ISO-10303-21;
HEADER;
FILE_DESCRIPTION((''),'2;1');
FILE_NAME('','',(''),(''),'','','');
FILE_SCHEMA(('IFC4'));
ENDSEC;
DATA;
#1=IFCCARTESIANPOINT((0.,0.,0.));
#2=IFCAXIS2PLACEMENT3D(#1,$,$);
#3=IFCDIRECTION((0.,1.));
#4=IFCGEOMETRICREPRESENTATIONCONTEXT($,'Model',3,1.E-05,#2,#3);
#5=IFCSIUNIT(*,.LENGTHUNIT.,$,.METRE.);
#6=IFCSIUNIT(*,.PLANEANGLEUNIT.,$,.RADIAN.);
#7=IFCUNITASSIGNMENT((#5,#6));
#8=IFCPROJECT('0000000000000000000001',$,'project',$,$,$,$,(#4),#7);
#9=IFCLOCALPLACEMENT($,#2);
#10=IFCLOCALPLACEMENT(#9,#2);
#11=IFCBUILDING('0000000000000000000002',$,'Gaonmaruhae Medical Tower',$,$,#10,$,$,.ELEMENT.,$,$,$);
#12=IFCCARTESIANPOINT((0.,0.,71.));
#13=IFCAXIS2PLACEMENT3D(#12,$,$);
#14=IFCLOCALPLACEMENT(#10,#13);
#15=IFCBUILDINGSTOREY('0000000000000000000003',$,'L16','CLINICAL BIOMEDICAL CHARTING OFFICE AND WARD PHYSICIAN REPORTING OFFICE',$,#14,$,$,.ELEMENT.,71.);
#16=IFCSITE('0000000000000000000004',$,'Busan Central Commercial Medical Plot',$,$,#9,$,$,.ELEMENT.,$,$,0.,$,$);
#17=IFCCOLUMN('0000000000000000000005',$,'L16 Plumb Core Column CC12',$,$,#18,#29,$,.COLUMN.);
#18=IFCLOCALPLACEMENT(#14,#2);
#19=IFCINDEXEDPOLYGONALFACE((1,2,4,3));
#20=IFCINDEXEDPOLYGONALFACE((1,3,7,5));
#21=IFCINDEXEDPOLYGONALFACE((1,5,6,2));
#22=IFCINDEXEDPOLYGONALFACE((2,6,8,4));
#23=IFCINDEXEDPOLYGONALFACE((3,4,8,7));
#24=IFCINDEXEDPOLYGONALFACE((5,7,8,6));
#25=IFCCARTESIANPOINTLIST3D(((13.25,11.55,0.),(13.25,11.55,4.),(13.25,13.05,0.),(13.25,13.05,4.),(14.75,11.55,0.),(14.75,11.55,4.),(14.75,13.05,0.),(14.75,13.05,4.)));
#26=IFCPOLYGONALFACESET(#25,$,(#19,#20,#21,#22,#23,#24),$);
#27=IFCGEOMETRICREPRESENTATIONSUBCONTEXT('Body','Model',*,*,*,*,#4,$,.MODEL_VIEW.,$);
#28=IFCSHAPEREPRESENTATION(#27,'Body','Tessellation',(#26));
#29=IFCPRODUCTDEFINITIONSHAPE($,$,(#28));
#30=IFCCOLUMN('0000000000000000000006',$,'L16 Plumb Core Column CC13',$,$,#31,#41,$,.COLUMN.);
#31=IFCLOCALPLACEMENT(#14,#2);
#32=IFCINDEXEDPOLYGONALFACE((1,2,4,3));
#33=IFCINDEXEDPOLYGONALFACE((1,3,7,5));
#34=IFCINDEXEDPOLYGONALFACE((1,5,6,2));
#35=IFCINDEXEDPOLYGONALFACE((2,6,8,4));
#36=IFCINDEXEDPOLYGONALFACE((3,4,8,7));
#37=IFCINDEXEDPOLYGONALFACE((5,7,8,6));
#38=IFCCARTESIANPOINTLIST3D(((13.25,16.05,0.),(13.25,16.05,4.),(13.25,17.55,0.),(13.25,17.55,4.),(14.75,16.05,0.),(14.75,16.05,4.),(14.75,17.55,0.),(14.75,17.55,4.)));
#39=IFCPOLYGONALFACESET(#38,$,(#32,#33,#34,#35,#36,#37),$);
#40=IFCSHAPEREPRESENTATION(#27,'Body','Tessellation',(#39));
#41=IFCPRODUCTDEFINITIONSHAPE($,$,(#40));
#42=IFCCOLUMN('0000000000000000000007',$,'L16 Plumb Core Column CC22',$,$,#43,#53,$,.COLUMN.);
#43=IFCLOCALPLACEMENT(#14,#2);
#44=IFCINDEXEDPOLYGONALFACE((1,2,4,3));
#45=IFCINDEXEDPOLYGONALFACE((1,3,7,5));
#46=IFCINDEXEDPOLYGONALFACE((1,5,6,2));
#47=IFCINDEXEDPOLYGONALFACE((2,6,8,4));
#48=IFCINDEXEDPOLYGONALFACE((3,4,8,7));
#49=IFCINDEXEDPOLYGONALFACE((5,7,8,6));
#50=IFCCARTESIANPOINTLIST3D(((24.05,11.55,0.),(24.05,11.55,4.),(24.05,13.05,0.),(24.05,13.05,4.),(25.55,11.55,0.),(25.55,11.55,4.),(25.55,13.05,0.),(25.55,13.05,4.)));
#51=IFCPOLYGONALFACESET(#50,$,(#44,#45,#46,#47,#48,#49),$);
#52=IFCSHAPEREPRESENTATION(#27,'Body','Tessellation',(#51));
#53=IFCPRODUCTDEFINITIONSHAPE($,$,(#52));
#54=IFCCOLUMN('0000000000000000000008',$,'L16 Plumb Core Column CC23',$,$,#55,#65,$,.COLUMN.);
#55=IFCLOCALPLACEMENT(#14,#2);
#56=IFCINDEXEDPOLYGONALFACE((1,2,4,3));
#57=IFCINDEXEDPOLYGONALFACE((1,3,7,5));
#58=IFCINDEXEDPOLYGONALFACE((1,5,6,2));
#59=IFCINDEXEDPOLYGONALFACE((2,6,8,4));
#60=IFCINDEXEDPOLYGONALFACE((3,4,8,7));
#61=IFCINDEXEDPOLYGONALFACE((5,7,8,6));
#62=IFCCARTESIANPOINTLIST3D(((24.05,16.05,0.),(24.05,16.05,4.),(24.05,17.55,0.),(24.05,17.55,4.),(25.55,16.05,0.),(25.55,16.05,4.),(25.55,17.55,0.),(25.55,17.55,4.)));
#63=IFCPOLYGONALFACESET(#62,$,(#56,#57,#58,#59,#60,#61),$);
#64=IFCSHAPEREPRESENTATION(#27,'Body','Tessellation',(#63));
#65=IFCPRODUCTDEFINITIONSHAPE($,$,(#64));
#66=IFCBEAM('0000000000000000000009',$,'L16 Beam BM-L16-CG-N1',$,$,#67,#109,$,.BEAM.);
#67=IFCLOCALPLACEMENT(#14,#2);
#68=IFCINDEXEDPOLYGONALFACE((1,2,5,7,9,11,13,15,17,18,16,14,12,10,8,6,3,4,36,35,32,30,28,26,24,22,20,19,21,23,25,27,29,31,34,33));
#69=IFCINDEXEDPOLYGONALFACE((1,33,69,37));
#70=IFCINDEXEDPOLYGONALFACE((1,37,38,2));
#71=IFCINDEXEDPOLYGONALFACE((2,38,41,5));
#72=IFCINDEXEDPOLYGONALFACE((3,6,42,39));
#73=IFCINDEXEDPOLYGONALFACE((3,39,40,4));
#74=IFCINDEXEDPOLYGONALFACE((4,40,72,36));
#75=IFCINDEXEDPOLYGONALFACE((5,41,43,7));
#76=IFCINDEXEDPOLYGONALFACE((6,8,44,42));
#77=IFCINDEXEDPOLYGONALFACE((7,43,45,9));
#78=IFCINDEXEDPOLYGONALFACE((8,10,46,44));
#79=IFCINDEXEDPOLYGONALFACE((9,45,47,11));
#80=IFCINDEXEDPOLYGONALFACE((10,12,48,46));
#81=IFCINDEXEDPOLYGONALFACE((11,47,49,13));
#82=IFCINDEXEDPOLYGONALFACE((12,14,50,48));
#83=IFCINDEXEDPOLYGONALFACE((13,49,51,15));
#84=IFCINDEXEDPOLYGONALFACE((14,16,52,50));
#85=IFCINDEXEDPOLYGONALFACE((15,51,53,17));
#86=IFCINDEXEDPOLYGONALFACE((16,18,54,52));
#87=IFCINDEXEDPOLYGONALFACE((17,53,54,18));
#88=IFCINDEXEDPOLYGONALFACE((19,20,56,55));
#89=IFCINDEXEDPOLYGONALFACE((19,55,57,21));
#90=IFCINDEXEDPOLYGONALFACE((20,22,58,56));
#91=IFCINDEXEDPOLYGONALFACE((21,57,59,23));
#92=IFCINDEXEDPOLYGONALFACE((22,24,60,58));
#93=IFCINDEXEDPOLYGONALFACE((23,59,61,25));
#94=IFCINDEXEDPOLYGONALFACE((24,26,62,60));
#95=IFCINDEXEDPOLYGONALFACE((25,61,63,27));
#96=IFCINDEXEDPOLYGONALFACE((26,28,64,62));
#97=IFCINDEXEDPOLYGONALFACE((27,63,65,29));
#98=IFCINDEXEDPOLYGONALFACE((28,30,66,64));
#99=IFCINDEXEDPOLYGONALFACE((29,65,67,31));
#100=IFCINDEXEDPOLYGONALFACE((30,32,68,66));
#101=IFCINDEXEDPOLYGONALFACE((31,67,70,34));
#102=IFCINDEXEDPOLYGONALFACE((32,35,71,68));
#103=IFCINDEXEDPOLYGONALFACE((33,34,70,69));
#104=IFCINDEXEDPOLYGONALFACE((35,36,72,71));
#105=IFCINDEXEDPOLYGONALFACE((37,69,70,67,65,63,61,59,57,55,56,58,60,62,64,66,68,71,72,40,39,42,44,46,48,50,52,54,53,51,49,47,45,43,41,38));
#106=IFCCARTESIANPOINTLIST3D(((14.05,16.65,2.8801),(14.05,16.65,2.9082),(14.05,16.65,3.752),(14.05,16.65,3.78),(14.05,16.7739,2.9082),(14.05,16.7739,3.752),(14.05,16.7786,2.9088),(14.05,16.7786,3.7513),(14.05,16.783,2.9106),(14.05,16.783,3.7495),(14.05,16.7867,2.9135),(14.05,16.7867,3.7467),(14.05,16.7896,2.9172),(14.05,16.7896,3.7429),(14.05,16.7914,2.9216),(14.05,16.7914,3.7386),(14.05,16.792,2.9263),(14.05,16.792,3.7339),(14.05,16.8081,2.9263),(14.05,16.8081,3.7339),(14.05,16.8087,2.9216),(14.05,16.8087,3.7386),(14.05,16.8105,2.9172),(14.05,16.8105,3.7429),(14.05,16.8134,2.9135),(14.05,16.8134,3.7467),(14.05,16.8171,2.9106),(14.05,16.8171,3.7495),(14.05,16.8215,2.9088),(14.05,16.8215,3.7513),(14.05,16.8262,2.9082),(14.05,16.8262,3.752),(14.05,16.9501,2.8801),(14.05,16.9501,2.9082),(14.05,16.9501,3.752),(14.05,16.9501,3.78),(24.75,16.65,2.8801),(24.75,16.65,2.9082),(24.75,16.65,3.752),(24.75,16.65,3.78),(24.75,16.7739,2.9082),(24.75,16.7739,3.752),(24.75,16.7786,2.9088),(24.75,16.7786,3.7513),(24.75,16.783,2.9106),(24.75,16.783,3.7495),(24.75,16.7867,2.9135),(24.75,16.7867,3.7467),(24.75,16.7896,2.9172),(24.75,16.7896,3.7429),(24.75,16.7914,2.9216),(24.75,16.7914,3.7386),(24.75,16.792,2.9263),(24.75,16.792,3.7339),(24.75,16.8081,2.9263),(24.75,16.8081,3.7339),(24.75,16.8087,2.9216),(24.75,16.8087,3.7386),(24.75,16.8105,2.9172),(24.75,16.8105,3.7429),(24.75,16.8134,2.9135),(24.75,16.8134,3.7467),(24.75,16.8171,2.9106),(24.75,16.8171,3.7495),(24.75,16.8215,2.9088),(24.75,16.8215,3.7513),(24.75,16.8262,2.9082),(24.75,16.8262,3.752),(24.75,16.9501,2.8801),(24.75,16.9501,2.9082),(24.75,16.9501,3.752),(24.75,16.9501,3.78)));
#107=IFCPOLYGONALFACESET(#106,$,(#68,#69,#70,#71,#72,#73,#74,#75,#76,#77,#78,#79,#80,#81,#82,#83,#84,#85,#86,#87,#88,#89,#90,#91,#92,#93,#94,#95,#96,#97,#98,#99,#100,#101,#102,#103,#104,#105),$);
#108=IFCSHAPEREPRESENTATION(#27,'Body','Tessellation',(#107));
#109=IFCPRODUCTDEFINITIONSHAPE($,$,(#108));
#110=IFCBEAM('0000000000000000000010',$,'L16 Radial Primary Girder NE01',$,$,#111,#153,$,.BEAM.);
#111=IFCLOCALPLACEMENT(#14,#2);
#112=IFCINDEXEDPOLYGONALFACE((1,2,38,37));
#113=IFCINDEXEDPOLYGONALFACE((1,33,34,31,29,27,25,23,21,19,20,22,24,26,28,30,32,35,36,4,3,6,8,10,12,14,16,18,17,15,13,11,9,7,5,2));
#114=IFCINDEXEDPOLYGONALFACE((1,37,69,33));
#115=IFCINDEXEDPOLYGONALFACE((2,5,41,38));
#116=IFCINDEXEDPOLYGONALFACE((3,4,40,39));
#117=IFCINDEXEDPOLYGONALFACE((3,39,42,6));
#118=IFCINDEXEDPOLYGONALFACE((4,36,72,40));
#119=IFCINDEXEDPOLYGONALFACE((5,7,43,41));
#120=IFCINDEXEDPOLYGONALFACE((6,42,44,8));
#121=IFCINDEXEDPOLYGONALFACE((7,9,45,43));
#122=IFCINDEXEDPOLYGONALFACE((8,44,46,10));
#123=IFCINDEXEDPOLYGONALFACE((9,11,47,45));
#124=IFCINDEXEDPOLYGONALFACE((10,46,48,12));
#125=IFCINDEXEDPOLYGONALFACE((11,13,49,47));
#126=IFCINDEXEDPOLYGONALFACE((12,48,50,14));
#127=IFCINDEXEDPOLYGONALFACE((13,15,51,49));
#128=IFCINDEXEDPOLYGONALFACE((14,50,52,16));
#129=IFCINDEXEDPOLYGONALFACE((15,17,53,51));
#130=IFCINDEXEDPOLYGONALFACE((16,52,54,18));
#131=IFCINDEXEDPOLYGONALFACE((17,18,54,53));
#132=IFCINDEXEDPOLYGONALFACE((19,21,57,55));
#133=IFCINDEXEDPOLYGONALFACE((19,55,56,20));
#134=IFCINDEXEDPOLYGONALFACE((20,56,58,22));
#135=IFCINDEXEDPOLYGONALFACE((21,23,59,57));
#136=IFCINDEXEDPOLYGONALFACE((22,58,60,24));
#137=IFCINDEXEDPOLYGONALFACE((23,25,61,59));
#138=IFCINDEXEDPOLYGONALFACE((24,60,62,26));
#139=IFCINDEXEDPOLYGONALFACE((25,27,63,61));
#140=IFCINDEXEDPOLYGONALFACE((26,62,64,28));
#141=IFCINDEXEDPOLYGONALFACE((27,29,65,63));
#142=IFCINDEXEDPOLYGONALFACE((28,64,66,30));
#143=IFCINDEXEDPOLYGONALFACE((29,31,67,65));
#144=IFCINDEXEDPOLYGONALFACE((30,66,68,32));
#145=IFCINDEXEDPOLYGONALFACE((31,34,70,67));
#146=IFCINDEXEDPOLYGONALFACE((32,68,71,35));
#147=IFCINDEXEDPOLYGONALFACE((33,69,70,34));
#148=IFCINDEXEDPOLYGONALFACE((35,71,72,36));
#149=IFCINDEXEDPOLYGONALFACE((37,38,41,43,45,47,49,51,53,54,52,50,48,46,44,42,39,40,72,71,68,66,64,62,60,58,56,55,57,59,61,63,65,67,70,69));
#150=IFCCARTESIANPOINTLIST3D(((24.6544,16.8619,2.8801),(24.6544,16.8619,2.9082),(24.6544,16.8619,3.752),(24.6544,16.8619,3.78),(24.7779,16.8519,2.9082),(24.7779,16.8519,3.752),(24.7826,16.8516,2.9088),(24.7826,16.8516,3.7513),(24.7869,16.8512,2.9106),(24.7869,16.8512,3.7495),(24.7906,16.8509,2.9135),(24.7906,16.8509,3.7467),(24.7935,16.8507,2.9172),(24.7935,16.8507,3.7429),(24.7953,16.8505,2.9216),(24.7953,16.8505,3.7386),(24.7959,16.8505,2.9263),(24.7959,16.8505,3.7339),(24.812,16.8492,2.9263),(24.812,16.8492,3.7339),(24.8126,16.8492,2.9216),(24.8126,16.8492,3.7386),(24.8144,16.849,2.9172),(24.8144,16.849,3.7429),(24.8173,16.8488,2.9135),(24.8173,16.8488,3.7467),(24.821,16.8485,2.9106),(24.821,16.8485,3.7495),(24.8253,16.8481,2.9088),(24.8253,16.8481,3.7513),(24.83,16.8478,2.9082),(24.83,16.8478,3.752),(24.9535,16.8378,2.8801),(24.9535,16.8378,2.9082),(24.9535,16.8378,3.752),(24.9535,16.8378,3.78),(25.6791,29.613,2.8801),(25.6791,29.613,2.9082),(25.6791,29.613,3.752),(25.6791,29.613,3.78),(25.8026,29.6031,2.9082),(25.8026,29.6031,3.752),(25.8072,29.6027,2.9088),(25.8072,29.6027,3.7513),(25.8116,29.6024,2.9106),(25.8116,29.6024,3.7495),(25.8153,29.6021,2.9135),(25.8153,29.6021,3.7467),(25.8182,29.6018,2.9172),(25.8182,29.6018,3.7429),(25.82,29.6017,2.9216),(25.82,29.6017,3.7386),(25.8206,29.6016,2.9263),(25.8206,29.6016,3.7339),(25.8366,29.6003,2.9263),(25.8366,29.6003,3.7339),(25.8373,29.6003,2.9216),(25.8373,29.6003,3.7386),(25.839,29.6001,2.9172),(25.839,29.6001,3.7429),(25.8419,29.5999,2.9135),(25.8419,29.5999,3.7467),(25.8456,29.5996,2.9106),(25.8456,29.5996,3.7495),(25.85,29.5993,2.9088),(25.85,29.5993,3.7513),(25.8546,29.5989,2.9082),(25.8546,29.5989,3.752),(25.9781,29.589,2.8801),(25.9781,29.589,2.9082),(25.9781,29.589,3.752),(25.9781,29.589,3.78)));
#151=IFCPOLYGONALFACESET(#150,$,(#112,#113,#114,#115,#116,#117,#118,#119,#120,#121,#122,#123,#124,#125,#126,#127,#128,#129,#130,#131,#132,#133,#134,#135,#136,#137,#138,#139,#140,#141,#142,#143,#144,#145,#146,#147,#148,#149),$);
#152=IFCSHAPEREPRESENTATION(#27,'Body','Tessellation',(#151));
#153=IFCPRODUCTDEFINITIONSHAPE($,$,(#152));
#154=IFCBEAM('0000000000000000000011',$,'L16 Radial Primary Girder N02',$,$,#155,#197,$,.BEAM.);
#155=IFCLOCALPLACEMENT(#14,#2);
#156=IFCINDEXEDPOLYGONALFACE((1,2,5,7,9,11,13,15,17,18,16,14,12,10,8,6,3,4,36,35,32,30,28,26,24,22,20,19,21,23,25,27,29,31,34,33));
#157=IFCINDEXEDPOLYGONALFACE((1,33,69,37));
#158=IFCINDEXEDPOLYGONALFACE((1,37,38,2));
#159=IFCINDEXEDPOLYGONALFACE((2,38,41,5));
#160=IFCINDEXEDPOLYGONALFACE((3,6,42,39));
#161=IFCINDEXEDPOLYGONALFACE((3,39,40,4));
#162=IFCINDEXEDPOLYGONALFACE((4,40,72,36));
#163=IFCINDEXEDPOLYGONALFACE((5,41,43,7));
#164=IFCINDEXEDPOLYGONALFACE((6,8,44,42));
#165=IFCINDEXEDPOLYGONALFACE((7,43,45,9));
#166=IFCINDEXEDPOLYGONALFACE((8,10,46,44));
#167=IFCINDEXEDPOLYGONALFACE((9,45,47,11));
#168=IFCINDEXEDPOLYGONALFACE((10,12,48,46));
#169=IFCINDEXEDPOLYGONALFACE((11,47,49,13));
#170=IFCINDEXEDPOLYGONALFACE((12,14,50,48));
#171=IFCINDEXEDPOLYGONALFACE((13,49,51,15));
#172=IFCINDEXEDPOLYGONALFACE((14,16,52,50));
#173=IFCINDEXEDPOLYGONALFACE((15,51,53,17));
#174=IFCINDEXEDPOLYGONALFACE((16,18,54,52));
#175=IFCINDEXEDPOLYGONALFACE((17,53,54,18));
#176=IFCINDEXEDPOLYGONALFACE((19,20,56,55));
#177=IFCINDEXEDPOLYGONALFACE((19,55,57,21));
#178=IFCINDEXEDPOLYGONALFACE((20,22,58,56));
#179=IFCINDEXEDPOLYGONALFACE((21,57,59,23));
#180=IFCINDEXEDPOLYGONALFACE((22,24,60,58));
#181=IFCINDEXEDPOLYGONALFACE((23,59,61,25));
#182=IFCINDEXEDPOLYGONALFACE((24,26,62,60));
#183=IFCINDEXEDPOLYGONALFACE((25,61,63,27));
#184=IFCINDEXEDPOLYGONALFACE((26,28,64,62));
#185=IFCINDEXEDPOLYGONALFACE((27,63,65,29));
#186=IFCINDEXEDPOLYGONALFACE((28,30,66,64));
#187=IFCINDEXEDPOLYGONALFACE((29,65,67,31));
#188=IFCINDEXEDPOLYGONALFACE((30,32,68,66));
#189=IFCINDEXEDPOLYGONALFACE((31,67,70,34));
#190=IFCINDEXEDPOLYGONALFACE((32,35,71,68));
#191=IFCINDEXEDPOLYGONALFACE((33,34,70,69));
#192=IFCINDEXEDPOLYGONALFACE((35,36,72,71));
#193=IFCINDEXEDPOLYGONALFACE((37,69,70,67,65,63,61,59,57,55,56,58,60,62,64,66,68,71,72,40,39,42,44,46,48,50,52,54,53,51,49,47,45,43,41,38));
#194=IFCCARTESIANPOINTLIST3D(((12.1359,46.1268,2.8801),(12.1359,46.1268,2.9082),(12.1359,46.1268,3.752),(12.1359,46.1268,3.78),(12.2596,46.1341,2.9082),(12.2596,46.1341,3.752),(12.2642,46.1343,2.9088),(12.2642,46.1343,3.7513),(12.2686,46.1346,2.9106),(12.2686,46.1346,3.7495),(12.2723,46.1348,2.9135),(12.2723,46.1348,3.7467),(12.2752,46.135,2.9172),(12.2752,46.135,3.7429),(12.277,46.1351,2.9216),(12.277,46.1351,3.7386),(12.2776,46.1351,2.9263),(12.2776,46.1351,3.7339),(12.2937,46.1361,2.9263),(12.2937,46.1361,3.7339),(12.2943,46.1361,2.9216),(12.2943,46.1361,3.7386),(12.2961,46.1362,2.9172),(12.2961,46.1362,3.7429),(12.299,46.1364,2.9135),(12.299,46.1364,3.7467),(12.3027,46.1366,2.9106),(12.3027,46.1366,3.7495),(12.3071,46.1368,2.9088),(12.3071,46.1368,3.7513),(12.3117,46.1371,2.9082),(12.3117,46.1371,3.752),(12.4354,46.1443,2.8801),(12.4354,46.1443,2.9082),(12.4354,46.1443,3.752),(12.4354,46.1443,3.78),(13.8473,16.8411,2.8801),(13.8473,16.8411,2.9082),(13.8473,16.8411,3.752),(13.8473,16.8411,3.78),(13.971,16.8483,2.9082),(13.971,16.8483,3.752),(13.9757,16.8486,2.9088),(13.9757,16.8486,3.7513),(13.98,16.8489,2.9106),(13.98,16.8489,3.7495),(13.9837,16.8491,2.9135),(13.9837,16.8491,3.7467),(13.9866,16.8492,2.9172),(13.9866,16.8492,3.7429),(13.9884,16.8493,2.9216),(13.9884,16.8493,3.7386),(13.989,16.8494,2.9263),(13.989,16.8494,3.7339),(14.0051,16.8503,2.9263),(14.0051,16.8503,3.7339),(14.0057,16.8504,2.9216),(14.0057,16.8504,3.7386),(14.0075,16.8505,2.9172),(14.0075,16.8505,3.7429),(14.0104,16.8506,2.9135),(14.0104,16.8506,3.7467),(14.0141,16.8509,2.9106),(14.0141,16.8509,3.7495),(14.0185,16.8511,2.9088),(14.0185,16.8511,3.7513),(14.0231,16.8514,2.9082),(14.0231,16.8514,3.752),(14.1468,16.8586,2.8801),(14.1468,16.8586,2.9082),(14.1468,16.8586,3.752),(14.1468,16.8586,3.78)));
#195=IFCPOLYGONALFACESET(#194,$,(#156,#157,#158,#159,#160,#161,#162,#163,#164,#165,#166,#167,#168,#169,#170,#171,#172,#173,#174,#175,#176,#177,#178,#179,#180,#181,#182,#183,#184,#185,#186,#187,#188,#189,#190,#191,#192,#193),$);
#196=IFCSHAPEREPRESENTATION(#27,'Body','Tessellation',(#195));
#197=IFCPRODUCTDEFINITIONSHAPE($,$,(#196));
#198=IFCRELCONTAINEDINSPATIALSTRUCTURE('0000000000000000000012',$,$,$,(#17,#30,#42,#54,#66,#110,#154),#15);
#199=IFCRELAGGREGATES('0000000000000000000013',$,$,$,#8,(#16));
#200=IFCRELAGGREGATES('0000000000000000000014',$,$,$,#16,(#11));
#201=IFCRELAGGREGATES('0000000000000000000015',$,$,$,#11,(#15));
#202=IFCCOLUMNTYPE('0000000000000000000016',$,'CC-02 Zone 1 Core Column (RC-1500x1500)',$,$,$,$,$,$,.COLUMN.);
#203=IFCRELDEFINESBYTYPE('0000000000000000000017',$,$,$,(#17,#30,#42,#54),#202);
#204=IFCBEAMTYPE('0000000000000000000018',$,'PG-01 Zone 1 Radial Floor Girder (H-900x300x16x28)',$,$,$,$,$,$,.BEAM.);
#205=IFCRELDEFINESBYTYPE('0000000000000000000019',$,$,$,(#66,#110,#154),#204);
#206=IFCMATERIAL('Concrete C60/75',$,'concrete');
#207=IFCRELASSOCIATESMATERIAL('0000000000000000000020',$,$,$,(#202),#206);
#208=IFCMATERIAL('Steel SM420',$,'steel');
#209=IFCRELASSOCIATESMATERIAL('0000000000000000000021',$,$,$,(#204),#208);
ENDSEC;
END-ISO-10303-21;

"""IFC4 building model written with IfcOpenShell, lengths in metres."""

from ifc_helpers import new_model, si_unit, direction, frame, origin, origin_2d, place, context, subcontext, project, spatial, rectangle, i_section, extrude, material, material_profile, profile_set, type_object, element, save


model = new_model("IFC4")

# Units and contexts
model_context = context("Model", 3, precision=1e-05, world=origin(), true_north=direction((0.0, 1.0)))
body_context = subcontext(model_context, "Body", "Model", "MODEL_VIEW")
ifc_project = project(units=[si_unit("LENGTHUNIT", "METRE"), si_unit("PLANEANGLEUNIT", "RADIAN")], contexts=[model_context])

# Site, building, storey
site_placement = place(None, origin())
site = spatial("IfcSite", under=ifc_project, at=site_placement, Name="Busan Central Commercial Medical Plot", CompositionType="ELEMENT", RefElevation=0.0)
building_placement = place(site_placement, origin())
building = spatial("IfcBuilding", under=site, at=building_placement, Name="Gaonmaruhae Medical Tower", CompositionType="ELEMENT")
storey_placement = place(building_placement, frame((0.0, 0.0, 71.0)))
storey = spatial("IfcBuildingStorey", under=building, at=storey_placement, Name="L16", Description="CLINICAL BIOMEDICAL CHARTING OFFICE AND WARD PHYSICIAN REPORTING OFFICE", CompositionType="ELEMENT", Elevation=71.0)

# Columns
ifc_material_1 = material(Name="Concrete C60/75", Category="concrete")
ifc_material_profile_1 = material_profile(ifc_material_1, rectangle(XDim=1.5, YDim=1.5, at=origin_2d()), Name="RC-1500x1500")
ifc_profile_set_1 = profile_set([ifc_material_profile_1], Name="Concrete C60/75")
column_type = type_object("IfcColumnType", Name="CC-02 Zone 1 Core Column (RC-1500x1500)", PredefinedType="COLUMN", material=ifc_profile_set_1)
for number, where, z_axis, x_axis, name in (
    (1, (14.0, 12.3, 0.0), (0.0, 0.0, 1.0), (1.0, 0.0, 0.0), "L16 Plumb Core Column CC12"),
    (2, (14.0, 16.8, 0.0), (0.0, 0.0, 1.0), (1.0, 0.0, 0.0), "L16 Plumb Core Column CC13"),
    (3, (24.8, 12.3, 0.0), (0.0, 0.0, 1.0), (1.0, 0.0, 0.0), "L16 Plumb Core Column CC22"),
    (4, (24.8, 16.8, 0.0), (0.0, 0.0, 1.0), (1.0, 0.0, 0.0), "L16 Plumb Core Column CC23"),
):
    element("IfcColumn", number, at=place(storey_placement, frame(where, z_axis=z_axis, x_axis=x_axis)), inside=storey, type_object=column_type, Name=name, PredefinedType="COLUMN", context=body_context, shape_type="SweptSolid", body=[
        extrude(rectangle(XDim=1.5, YDim=1.5, at=origin_2d()), origin(), (0.0, 0.0, 1.0), 4.0),
    ])

# Beams
ifc_material_2 = material(Name="Steel SM420", Category="steel")
ifc_material_profile_2 = material_profile(ifc_material_2, i_section(OverallWidth=0.3, OverallDepth=0.8999, WebThickness=0.0161, FlangeThickness=0.0281, FilletRadius=0.0181, at=origin_2d()), Name="H-900x300x16x28")
ifc_profile_set_2 = profile_set([ifc_material_profile_2], Name="Steel SM420")
beam_type = type_object("IfcBeamType", Name="PG-01 Zone 1 Radial Floor Girder (H-900x300x16x28)", PredefinedType="BEAM", material=ifc_profile_set_2)
beam_1_placement = place(storey_placement, frame((14.05, 16.8, 3.3301), z_axis=(1.0, 0.0, 0.0), x_axis=(0.0, 1.0, 0.0)))
element("IfcBeam", 5, at=beam_1_placement, inside=storey, type_object=beam_type, Name="L16 Beam BM-L16-CG-N1", PredefinedType="BEAM", context=body_context, shape_type="SweptSolid", body=[
    extrude(i_section(OverallWidth=0.3, OverallDepth=0.8999, WebThickness=0.0161, FlangeThickness=0.0281, FilletRadius=0.0181, at=origin_2d()), origin(), (0.0, 0.0, 1.0), 10.7),
])
beam_2_placement = place(storey_placement, frame((24.804, 16.8499, 3.3301), z_axis=(0.080099, 0.996787, 0.0), x_axis=(-0.996787, 0.080099, 0.0)))
element("IfcBeam", 6, at=beam_2_placement, inside=storey, type_object=beam_type, Name="L16 Radial Primary Girder NE01", PredefinedType="BEAM", context=body_context, shape_type="SweptSolid", body=[
    extrude(i_section(OverallWidth=0.3, OverallDepth=0.8999, WebThickness=0.0161, FlangeThickness=0.0281, FilletRadius=0.0181, at=origin_2d()), origin(), (0.0, 0.0, 1.0), 12.7922),
])
beam_3_placement = place(storey_placement, frame((13.9971, 16.8499, 3.3301), z_axis=(-0.05834, 0.998297, 0.0), x_axis=(-0.998297, -0.05834, 0.0)))
element("IfcBeam", 7, at=beam_3_placement, inside=storey, type_object=beam_type, Name="L16 Radial Primary Girder N02", PredefinedType="BEAM", context=body_context, shape_type="SweptSolid", body=[
    extrude(i_section(OverallWidth=0.3, OverallDepth=0.8999, WebThickness=0.0161, FlangeThickness=0.0281, FilletRadius=0.0181, at=origin_2d()), origin(), (0.0, 0.0, 1.0), 29.3357),
])

save(model, "model.ifc")
